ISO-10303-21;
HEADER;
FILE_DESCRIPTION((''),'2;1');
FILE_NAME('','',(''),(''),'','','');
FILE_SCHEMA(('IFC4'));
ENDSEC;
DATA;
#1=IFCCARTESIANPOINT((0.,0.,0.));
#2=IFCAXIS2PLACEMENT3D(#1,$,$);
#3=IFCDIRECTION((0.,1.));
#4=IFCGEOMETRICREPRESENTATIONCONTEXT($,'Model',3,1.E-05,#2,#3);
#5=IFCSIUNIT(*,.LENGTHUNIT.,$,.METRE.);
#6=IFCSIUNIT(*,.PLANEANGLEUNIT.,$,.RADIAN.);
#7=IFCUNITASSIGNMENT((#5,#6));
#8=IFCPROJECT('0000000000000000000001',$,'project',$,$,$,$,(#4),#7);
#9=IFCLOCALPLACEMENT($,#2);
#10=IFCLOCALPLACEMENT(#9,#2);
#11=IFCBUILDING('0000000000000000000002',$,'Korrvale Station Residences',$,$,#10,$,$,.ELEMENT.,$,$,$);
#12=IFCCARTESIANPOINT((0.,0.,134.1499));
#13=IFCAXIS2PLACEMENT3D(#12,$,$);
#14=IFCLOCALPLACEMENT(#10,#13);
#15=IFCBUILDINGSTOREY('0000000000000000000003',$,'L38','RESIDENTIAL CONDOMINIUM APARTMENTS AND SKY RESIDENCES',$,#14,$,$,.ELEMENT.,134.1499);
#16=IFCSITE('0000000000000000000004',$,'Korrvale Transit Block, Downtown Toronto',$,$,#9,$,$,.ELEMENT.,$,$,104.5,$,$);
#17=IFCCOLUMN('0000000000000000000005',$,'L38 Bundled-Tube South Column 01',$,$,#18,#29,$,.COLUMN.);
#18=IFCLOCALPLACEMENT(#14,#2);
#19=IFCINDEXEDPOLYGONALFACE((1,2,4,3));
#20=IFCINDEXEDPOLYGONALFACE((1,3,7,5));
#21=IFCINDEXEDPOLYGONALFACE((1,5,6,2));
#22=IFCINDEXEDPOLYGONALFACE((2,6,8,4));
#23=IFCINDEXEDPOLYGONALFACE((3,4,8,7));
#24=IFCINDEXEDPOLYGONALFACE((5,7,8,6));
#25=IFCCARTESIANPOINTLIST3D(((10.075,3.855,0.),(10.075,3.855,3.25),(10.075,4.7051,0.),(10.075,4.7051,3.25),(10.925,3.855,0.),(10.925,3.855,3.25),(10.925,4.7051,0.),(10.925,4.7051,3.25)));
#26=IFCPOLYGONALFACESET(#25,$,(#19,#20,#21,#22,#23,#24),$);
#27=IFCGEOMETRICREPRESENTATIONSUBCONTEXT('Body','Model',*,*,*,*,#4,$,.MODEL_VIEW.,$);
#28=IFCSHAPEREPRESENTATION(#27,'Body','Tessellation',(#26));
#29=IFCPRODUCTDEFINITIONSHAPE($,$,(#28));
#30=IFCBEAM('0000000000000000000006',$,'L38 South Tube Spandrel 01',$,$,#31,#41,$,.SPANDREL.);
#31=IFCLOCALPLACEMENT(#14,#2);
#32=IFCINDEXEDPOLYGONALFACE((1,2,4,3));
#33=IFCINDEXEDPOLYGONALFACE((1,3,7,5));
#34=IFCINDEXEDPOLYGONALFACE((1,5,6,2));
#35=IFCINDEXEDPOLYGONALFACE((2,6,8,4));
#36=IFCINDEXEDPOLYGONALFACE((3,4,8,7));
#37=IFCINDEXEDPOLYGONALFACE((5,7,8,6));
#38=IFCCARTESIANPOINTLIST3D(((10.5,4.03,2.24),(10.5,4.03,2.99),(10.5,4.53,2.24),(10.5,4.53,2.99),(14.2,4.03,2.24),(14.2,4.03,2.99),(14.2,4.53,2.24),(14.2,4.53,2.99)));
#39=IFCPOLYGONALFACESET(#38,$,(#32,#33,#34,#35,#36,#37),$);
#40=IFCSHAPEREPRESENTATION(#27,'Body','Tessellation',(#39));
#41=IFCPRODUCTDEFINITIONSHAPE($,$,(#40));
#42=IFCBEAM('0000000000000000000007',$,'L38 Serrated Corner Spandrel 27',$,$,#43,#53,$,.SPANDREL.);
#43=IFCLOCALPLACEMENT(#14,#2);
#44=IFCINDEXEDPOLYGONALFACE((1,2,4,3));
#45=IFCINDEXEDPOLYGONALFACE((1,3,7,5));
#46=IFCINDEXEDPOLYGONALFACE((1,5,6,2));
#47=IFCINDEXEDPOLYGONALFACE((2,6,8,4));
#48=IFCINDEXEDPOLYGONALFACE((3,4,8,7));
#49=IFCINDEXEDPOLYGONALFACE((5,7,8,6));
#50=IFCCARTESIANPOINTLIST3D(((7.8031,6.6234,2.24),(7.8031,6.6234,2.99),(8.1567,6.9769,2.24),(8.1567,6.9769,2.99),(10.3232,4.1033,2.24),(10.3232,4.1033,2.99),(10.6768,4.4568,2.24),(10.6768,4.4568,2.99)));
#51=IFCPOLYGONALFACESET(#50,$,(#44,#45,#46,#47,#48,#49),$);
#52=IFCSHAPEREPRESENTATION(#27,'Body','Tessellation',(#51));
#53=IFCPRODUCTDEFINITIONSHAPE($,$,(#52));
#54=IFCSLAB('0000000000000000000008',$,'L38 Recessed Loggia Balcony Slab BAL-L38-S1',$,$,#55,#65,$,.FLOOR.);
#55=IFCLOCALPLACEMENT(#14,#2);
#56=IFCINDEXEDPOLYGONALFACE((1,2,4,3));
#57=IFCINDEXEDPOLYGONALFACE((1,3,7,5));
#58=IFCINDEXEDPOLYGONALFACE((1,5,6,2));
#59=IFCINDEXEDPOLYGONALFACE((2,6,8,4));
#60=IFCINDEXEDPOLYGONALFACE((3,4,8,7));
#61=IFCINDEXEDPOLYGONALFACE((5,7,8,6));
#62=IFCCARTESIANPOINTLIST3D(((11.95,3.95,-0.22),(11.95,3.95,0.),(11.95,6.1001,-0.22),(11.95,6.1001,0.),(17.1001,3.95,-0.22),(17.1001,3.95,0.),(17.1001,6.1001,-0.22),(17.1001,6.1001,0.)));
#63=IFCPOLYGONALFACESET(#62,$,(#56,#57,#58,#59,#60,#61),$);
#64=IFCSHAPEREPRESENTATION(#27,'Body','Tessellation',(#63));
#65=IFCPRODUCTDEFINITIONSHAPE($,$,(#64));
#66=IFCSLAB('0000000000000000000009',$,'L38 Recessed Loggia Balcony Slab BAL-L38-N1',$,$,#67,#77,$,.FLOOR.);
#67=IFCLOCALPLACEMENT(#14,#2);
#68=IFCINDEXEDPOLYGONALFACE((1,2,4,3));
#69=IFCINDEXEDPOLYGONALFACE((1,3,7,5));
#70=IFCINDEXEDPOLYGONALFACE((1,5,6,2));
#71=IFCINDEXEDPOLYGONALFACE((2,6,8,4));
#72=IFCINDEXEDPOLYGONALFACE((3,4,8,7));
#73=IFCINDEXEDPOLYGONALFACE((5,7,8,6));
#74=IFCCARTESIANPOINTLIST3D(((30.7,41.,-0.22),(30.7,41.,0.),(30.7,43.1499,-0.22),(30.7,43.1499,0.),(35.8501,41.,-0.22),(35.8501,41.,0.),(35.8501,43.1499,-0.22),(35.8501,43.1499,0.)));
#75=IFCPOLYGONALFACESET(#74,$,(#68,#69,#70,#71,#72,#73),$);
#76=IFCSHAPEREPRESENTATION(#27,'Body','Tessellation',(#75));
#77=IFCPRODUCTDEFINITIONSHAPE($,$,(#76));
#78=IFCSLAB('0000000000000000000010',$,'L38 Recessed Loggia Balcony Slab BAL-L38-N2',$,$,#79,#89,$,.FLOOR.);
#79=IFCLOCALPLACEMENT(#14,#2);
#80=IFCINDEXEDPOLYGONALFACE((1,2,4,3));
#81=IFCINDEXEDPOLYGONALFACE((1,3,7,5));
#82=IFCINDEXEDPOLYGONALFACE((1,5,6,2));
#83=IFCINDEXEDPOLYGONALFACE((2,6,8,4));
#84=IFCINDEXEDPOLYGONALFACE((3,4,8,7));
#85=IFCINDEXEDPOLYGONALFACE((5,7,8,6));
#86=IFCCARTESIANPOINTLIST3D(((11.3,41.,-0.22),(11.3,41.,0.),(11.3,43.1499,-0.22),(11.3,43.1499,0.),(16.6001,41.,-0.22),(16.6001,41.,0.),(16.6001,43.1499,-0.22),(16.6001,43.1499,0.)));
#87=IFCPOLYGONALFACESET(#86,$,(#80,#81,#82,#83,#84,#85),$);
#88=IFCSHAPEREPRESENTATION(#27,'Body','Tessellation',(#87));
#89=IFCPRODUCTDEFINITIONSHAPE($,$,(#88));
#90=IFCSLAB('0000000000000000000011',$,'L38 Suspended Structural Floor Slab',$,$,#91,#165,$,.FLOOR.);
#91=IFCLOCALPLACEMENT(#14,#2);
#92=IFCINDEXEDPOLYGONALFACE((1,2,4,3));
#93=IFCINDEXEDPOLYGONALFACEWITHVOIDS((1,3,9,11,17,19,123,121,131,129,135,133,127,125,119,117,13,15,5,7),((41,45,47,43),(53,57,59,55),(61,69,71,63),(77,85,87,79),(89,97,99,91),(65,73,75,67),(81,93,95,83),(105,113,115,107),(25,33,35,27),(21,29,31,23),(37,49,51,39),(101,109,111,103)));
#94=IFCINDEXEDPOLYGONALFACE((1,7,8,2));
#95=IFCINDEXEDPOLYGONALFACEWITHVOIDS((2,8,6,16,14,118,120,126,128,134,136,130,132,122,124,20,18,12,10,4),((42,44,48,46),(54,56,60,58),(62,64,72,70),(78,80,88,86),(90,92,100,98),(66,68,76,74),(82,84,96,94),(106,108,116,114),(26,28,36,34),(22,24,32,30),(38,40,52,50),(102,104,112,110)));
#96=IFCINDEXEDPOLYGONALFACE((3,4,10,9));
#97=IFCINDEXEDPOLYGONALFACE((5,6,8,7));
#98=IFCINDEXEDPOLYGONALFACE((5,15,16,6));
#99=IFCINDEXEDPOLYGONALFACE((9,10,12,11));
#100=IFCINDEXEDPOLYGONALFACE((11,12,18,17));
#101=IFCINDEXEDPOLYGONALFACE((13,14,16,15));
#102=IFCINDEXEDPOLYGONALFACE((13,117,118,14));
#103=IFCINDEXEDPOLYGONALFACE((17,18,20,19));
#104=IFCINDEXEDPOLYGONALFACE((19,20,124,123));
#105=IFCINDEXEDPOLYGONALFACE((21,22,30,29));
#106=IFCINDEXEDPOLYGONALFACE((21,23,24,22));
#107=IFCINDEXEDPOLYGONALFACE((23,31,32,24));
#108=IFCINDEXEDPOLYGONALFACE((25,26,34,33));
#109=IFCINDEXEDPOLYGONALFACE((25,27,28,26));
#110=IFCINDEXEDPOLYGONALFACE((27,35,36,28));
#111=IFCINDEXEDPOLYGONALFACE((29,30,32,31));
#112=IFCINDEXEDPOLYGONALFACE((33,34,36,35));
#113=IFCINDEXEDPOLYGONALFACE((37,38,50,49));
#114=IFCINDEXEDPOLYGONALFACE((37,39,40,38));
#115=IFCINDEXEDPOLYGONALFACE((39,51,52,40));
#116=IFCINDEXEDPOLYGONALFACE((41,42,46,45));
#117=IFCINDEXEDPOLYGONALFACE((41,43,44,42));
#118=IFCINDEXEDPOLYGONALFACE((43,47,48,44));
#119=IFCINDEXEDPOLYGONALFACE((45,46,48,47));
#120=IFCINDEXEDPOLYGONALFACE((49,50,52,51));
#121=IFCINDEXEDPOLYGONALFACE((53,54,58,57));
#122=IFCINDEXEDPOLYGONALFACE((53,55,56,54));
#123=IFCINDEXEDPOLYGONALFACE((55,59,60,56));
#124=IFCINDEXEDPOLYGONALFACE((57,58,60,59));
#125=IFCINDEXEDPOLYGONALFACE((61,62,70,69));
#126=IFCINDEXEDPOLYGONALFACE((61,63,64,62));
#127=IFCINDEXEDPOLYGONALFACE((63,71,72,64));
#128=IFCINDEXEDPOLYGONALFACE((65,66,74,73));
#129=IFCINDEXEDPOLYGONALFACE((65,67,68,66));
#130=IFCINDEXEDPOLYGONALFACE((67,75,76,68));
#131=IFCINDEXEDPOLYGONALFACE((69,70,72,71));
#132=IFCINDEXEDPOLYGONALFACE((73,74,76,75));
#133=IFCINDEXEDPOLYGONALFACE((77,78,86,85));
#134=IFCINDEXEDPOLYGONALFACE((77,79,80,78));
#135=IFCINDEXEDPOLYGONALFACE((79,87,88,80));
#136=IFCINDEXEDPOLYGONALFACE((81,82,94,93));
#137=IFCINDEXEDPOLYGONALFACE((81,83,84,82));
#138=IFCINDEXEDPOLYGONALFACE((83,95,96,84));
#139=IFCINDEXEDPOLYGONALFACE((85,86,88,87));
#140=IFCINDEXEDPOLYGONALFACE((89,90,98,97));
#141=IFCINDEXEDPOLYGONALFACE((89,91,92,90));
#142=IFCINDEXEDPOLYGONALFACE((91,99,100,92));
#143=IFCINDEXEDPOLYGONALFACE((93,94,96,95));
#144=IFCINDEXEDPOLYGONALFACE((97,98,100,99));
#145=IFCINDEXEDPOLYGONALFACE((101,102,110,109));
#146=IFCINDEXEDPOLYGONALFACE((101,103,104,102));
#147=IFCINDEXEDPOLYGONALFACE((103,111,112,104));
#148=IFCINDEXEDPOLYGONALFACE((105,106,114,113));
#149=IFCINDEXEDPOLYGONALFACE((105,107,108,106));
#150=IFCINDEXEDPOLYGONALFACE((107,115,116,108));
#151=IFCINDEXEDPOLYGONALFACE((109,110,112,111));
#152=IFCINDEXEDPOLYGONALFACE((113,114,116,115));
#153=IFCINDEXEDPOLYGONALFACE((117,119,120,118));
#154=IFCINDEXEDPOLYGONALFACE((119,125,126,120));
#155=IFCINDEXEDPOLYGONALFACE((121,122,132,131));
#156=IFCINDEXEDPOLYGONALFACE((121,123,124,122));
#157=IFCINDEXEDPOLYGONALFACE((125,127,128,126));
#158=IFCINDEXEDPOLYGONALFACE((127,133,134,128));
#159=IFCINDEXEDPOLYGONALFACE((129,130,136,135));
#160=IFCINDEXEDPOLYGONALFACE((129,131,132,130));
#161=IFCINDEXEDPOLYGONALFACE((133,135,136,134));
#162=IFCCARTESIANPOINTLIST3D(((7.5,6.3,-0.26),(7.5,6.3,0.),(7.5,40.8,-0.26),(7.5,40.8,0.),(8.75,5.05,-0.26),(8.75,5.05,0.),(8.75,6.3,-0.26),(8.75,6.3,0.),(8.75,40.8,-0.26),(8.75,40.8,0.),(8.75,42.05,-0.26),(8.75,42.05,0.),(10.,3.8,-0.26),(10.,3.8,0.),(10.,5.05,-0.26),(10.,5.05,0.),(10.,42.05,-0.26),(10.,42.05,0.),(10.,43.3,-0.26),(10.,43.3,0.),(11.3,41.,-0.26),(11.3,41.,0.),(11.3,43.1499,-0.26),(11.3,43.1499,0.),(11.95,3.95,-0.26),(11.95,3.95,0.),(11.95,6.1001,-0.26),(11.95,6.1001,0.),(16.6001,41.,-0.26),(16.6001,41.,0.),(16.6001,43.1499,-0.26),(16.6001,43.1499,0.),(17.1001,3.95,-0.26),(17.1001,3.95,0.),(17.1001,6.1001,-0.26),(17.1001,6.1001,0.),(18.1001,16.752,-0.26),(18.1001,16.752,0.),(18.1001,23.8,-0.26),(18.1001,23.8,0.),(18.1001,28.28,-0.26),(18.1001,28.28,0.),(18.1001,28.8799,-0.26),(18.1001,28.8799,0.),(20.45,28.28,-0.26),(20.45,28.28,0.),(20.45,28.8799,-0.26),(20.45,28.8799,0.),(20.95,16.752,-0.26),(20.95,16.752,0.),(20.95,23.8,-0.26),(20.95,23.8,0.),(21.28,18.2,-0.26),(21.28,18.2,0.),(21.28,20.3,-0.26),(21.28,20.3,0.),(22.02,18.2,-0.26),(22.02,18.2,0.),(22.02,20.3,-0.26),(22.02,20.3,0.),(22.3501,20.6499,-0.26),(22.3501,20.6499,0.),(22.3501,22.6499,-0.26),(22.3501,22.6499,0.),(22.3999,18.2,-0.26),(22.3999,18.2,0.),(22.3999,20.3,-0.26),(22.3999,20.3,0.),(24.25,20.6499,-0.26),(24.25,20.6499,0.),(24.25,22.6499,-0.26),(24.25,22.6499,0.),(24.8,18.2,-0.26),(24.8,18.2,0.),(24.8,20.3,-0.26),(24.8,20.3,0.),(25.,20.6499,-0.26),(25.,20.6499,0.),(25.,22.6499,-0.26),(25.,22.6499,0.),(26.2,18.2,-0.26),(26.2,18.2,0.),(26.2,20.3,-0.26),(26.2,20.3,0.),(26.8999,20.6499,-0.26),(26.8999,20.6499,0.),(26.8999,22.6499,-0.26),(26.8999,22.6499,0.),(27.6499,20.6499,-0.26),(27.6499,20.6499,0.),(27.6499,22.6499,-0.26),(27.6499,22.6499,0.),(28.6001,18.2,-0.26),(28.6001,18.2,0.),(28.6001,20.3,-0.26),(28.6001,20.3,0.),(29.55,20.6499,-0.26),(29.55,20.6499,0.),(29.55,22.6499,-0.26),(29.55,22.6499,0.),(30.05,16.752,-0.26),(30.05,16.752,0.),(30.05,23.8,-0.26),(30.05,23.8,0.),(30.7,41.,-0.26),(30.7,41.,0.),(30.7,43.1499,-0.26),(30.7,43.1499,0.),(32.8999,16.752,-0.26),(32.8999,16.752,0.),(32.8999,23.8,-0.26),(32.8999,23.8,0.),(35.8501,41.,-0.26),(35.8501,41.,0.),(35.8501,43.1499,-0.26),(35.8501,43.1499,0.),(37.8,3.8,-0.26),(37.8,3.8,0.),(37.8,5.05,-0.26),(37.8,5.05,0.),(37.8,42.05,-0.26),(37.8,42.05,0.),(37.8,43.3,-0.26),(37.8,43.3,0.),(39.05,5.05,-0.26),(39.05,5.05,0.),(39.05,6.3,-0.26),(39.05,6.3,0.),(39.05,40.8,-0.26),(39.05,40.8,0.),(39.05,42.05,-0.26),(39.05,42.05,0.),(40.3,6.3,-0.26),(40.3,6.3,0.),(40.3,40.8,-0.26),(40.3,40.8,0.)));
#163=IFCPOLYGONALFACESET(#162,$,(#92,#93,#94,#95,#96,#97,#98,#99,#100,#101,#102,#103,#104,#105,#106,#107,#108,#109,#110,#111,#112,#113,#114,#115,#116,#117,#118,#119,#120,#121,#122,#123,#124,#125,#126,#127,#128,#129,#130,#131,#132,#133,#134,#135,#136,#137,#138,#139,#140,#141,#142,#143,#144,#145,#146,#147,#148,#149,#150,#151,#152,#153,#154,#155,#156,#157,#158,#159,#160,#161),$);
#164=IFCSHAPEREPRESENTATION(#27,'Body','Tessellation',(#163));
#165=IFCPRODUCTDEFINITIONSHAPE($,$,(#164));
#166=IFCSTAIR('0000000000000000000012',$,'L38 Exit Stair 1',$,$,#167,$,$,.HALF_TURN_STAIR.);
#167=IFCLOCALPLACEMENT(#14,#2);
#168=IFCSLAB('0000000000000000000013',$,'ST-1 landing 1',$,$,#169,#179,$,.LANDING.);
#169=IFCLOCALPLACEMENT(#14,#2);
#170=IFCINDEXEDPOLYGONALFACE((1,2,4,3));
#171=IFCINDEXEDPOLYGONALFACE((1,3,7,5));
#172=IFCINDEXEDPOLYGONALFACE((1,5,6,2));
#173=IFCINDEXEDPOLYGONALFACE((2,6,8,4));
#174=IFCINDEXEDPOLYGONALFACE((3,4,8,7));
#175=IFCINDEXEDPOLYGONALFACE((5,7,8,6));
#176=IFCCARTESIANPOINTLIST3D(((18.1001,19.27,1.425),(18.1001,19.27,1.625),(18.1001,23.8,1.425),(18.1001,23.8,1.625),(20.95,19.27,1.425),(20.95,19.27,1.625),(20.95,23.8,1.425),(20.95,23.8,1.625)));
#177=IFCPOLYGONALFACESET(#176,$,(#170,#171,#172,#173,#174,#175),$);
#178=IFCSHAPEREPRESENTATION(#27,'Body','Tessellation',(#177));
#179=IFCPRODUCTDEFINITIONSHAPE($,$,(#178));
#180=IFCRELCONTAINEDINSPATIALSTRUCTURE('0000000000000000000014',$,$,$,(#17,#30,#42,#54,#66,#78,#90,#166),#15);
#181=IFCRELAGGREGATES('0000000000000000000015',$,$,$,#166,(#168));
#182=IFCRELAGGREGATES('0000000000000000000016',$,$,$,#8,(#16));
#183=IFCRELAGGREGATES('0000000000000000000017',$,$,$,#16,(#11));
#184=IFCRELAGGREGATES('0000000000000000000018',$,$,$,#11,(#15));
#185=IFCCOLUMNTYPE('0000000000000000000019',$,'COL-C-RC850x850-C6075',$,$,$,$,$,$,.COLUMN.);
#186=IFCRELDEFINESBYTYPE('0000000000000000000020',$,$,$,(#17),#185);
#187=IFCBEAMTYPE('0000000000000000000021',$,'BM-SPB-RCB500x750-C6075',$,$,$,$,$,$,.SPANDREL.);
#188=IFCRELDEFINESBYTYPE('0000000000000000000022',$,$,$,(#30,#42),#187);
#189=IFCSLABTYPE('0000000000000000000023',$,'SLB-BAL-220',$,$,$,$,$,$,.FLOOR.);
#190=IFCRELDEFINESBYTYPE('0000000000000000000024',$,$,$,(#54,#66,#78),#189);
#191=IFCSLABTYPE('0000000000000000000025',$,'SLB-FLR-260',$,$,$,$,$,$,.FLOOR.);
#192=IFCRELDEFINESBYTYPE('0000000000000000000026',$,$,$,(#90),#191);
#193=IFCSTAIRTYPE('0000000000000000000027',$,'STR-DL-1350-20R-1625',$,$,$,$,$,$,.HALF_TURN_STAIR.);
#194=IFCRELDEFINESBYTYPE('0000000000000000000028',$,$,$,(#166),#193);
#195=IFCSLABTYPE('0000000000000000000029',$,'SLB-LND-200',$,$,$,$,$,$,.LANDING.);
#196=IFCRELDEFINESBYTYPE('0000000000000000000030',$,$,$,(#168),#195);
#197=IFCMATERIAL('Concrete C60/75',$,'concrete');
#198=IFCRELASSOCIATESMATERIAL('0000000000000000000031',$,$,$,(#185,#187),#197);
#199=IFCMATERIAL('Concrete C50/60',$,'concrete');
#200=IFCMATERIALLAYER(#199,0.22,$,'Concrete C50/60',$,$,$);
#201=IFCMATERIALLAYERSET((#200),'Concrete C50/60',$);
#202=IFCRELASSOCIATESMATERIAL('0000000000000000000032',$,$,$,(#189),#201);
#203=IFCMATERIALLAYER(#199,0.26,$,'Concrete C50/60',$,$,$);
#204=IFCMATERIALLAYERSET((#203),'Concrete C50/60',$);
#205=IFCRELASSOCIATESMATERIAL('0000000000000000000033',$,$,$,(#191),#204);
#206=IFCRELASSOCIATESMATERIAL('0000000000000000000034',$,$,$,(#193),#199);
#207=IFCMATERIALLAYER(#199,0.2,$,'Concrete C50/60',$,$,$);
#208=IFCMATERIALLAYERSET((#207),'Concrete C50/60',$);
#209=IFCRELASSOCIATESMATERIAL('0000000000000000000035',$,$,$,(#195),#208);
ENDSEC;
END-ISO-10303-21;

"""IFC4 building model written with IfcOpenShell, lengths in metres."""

from ifc_helpers import new_model, si_unit, direction, frame, origin, origin_2d, place, context, subcontext, project, spatial, polyline, rectangle, outline, extrude, material, layer, layer_set, material_profile, profile_set, type_object, element, aggregate, save


model = new_model("IFC4")

# Units and contexts
model_context = context("Model", 3, precision=1e-05, world=origin(), true_north=direction((0.0, 1.0)))
body_context = subcontext(model_context, "Body", "Model", "MODEL_VIEW")
ifc_project = project(units=[si_unit("LENGTHUNIT", "METRE"), si_unit("PLANEANGLEUNIT", "RADIAN")], contexts=[model_context])

# Site, building, storey
site_placement = place(None, origin())
site = spatial("IfcSite", under=ifc_project, at=site_placement, Name="Korrvale Transit Block, Downtown Toronto", CompositionType="ELEMENT", RefElevation=104.5)
building_placement = place(site_placement, origin())
building = spatial("IfcBuilding", under=site, at=building_placement, Name="Korrvale Station Residences", CompositionType="ELEMENT")
storey_placement = place(building_placement, frame((0.0, 0.0, 134.1499)))
storey = spatial("IfcBuildingStorey", under=building, at=storey_placement, Name="L38", Description="RESIDENTIAL CONDOMINIUM APARTMENTS AND SKY RESIDENCES", CompositionType="ELEMENT", Elevation=134.1499)

# Column
ifc_material_1 = material(Name="Concrete C60/75", Category="concrete")
ifc_material_profile_1 = material_profile(ifc_material_1, rectangle(XDim=0.8501, YDim=0.8501, at=origin_2d()), Name="RC850x850")
ifc_profile_set_1 = profile_set([ifc_material_profile_1], Name="Concrete C60/75")
column_type = type_object("IfcColumnType", Name="COL-C-RC850x850-C6075", PredefinedType="COLUMN", material=ifc_profile_set_1)
column_placement = place(storey_placement, frame((10.5, 4.28, 0.0), z_axis=(0.0, 0.0, 1.0), x_axis=(1.0, 0.0, 0.0)))
element("IfcColumn", 1, at=column_placement, inside=storey, type_object=column_type, Name="L38 Bundled-Tube South Column 01", PredefinedType="COLUMN", context=body_context, shape_type="SweptSolid", body=[
    extrude(rectangle(XDim=0.8501, YDim=0.8501, at=origin_2d()), origin(), (0.0, 0.0, 1.0), 3.25),
])

# Beams
ifc_material_profile_2 = material_profile(ifc_material_1, rectangle(XDim=0.5, YDim=0.75, at=origin_2d()), Name="RCB500x750")
ifc_profile_set_2 = profile_set([ifc_material_profile_2], Name="Concrete C60/75")
beam_type = type_object("IfcBeamType", Name="BM-SPB-RCB500x750-C6075", PredefinedType="SPANDREL", material=ifc_profile_set_2)
beam_1_placement = place(storey_placement, frame((10.5, 4.28, 2.615), z_axis=(1.0, 0.0, 0.0), x_axis=(0.0, 1.0, 0.0)))
element("IfcBeam", 2, at=beam_1_placement, inside=storey, type_object=beam_type, Name="L38 South Tube Spandrel 01", PredefinedType="SPANDREL", context=body_context, shape_type="SweptSolid", body=[
    extrude(rectangle(XDim=0.5, YDim=0.75, at=origin_2d()), origin(), (0.0, 0.0, 1.0), 3.7),
])
beam_2_placement = place(storey_placement, frame((10.5, 4.28, 2.615), z_axis=(-0.707107, 0.707107, 0.0), x_axis=(-0.707107, -0.707107, 0.0)))
element("IfcBeam", 3, at=beam_2_placement, inside=storey, type_object=beam_type, Name="L38 Serrated Corner Spandrel 27", PredefinedType="SPANDREL", context=body_context, shape_type="SweptSolid", body=[
    extrude(rectangle(XDim=0.5, YDim=0.75, at=origin_2d()), origin(), (0.0, 0.0, 1.0), 3.564),
])

# Slabs
ifc_material_2 = material(Name="Concrete C50/60", Category="concrete")
ifc_layer_1 = layer(ifc_material_2, 0.22, Name="Concrete C50/60")
ifc_layer_set_1 = layer_set([ifc_layer_1], Name="Concrete C50/60")
slab_type_1 = type_object("IfcSlabType", Name="SLB-BAL-220", PredefinedType="FLOOR", material=ifc_layer_set_1)
slab_1_placement = place(storey_placement, frame((0.0, 0.0, -0.22)))
element("IfcSlab", 4, at=slab_1_placement, inside=storey, type_object=slab_type_1, Name="L38 Recessed Loggia Balcony Slab BAL-L38-S1", PredefinedType="FLOOR", context=body_context, shape_type="SweptSolid", body=[
    extrude(outline(polyline([(11.95, 3.95), (17.1001, 3.95), (17.1001, 6.1001), (11.95, 6.1001), (11.95, 3.95)])), origin(), (0.0, 0.0, 1.0), 0.22),
])
slab_2_placement = place(storey_placement, frame((0.0, 0.0, -0.22)))
element("IfcSlab", 5, at=slab_2_placement, inside=storey, type_object=slab_type_1, Name="L38 Recessed Loggia Balcony Slab BAL-L38-N1", PredefinedType="FLOOR", context=body_context, shape_type="SweptSolid", body=[
    extrude(outline(polyline([(30.7, 41.0), (35.8501, 41.0), (35.8501, 43.1499), (30.7, 43.1499), (30.7, 41.0)])), origin(), (0.0, 0.0, 1.0), 0.22),
])
slab_3_placement = place(storey_placement, frame((0.0, 0.0, -0.22)))
element("IfcSlab", 6, at=slab_3_placement, inside=storey, type_object=slab_type_1, Name="L38 Recessed Loggia Balcony Slab BAL-L38-N2", PredefinedType="FLOOR", context=body_context, shape_type="SweptSolid", body=[
    extrude(outline(polyline([(11.3, 41.0), (16.6001, 41.0), (16.6001, 43.1499), (11.3, 43.1499), (11.3, 41.0)])), origin(), (0.0, 0.0, 1.0), 0.22),
])
ifc_layer_2 = layer(ifc_material_2, 0.26, Name="Concrete C50/60")
ifc_layer_set_2 = layer_set([ifc_layer_2], Name="Concrete C50/60")
slab_type_2 = type_object("IfcSlabType", Name="SLB-FLR-260", PredefinedType="FLOOR", material=ifc_layer_set_2)
slab_4_placement = place(storey_placement, frame((0.0, 0.0, -0.26)))
element("IfcSlab", 7, at=slab_4_placement, inside=storey, type_object=slab_type_2, Name="L38 Suspended Structural Floor Slab", PredefinedType="FLOOR", context=body_context, shape_type="SweptSolid", body=[
    extrude(outline(polyline([(10.0, 3.8), (37.8, 3.8), (37.8, 5.05), (39.05, 5.05), (39.05, 6.3), (40.3, 6.3), (40.3, 40.8), (39.05, 40.8), (39.05, 42.05), (37.8, 42.05), (37.8, 43.3), (10.0, 43.3), (10.0, 42.05), (8.75, 42.05), (8.75, 40.8), (7.5, 40.8), (7.5, 6.3), (8.75, 6.3), (8.75, 5.05), (10.0, 5.05), (10.0, 3.8)]), holes=[polyline([(20.95, 16.752), (20.95, 23.8), (18.1001, 23.8), (18.1001, 16.752), (20.95, 16.752)]), polyline([(32.8999, 16.752), (32.8999, 23.8), (30.05, 23.8), (30.05, 16.752), (32.8999, 16.752)]), polyline([(22.3501, 20.6499), (24.25, 20.6499), (24.25, 22.6499), (22.3501, 22.6499), (22.3501, 20.6499)]), polyline([(25.0, 20.6499), (26.8999, 20.6499), (26.8999, 22.6499), (25.0, 22.6499), (25.0, 20.6499)]), polyline([(27.6499, 20.6499), (29.55, 20.6499), (29.55, 22.6499), (27.6499, 22.6499), (27.6499, 20.6499)]), polyline([(22.3999, 18.2), (24.8, 18.2), (24.8, 20.3), (22.3999, 20.3), (22.3999, 18.2)]), polyline([(26.2, 18.2), (28.6001, 18.2), (28.6001, 20.3), (26.2, 20.3), (26.2, 18.2)]), polyline([(18.1001, 28.28), (20.45, 28.28), (20.45, 28.8799), (18.1001, 28.8799), (18.1001, 28.28)]), polyline([(21.28, 18.2), (22.02, 18.2), (22.02, 20.3), (21.28, 20.3), (21.28, 18.2)]), polyline([(11.95, 3.95), (17.1001, 3.95), (17.1001, 6.1001), (11.95, 6.1001), (11.95, 3.95)]), polyline([(30.7, 41.0), (35.8501, 41.0), (35.8501, 43.1499), (30.7, 43.1499), (30.7, 41.0)]), polyline([(11.3, 41.0), (16.6001, 41.0), (16.6001, 43.1499), (11.3, 43.1499), (11.3, 41.0)])]), origin(), (0.0, 0.0, 1.0), 0.26),
])

# Stair, slab
stair_type = type_object("IfcStairType", Name="STR-DL-1350-20R-1625", PredefinedType="HALF_TURN_STAIR", material=ifc_material_2)
stair_1_placement = place(storey_placement, origin())
stair_1 = element("IfcStair", 8, at=stair_1_placement, inside=storey, type_object=stair_type, Name="L38 Exit Stair 1", PredefinedType="HALF_TURN_STAIR")
ifc_layer_3 = layer(ifc_material_2, 0.2, Name="Concrete C50/60")
ifc_layer_set_3 = layer_set([ifc_layer_3], Name="Concrete C50/60")
slab_type_3 = type_object("IfcSlabType", Name="SLB-LND-200", PredefinedType="LANDING", material=ifc_layer_set_3)
slab_5_placement = place(storey_placement, frame((0.0, 0.0, 1.425)))
slab_5 = element("IfcSlab", 9, at=slab_5_placement, type_object=slab_type_3, Name="ST-1 landing 1", PredefinedType="LANDING", context=body_context, shape_type="SweptSolid", body=[
    extrude(outline(polyline([(20.95, 19.27), (20.95, 23.8), (18.1001, 23.8), (18.1001, 19.27), (20.95, 19.27)])), origin(), (0.0, 0.0, 1.0), 0.2),
])
aggregate(stair_1, [slab_5])

save(model, "model.ifc")
